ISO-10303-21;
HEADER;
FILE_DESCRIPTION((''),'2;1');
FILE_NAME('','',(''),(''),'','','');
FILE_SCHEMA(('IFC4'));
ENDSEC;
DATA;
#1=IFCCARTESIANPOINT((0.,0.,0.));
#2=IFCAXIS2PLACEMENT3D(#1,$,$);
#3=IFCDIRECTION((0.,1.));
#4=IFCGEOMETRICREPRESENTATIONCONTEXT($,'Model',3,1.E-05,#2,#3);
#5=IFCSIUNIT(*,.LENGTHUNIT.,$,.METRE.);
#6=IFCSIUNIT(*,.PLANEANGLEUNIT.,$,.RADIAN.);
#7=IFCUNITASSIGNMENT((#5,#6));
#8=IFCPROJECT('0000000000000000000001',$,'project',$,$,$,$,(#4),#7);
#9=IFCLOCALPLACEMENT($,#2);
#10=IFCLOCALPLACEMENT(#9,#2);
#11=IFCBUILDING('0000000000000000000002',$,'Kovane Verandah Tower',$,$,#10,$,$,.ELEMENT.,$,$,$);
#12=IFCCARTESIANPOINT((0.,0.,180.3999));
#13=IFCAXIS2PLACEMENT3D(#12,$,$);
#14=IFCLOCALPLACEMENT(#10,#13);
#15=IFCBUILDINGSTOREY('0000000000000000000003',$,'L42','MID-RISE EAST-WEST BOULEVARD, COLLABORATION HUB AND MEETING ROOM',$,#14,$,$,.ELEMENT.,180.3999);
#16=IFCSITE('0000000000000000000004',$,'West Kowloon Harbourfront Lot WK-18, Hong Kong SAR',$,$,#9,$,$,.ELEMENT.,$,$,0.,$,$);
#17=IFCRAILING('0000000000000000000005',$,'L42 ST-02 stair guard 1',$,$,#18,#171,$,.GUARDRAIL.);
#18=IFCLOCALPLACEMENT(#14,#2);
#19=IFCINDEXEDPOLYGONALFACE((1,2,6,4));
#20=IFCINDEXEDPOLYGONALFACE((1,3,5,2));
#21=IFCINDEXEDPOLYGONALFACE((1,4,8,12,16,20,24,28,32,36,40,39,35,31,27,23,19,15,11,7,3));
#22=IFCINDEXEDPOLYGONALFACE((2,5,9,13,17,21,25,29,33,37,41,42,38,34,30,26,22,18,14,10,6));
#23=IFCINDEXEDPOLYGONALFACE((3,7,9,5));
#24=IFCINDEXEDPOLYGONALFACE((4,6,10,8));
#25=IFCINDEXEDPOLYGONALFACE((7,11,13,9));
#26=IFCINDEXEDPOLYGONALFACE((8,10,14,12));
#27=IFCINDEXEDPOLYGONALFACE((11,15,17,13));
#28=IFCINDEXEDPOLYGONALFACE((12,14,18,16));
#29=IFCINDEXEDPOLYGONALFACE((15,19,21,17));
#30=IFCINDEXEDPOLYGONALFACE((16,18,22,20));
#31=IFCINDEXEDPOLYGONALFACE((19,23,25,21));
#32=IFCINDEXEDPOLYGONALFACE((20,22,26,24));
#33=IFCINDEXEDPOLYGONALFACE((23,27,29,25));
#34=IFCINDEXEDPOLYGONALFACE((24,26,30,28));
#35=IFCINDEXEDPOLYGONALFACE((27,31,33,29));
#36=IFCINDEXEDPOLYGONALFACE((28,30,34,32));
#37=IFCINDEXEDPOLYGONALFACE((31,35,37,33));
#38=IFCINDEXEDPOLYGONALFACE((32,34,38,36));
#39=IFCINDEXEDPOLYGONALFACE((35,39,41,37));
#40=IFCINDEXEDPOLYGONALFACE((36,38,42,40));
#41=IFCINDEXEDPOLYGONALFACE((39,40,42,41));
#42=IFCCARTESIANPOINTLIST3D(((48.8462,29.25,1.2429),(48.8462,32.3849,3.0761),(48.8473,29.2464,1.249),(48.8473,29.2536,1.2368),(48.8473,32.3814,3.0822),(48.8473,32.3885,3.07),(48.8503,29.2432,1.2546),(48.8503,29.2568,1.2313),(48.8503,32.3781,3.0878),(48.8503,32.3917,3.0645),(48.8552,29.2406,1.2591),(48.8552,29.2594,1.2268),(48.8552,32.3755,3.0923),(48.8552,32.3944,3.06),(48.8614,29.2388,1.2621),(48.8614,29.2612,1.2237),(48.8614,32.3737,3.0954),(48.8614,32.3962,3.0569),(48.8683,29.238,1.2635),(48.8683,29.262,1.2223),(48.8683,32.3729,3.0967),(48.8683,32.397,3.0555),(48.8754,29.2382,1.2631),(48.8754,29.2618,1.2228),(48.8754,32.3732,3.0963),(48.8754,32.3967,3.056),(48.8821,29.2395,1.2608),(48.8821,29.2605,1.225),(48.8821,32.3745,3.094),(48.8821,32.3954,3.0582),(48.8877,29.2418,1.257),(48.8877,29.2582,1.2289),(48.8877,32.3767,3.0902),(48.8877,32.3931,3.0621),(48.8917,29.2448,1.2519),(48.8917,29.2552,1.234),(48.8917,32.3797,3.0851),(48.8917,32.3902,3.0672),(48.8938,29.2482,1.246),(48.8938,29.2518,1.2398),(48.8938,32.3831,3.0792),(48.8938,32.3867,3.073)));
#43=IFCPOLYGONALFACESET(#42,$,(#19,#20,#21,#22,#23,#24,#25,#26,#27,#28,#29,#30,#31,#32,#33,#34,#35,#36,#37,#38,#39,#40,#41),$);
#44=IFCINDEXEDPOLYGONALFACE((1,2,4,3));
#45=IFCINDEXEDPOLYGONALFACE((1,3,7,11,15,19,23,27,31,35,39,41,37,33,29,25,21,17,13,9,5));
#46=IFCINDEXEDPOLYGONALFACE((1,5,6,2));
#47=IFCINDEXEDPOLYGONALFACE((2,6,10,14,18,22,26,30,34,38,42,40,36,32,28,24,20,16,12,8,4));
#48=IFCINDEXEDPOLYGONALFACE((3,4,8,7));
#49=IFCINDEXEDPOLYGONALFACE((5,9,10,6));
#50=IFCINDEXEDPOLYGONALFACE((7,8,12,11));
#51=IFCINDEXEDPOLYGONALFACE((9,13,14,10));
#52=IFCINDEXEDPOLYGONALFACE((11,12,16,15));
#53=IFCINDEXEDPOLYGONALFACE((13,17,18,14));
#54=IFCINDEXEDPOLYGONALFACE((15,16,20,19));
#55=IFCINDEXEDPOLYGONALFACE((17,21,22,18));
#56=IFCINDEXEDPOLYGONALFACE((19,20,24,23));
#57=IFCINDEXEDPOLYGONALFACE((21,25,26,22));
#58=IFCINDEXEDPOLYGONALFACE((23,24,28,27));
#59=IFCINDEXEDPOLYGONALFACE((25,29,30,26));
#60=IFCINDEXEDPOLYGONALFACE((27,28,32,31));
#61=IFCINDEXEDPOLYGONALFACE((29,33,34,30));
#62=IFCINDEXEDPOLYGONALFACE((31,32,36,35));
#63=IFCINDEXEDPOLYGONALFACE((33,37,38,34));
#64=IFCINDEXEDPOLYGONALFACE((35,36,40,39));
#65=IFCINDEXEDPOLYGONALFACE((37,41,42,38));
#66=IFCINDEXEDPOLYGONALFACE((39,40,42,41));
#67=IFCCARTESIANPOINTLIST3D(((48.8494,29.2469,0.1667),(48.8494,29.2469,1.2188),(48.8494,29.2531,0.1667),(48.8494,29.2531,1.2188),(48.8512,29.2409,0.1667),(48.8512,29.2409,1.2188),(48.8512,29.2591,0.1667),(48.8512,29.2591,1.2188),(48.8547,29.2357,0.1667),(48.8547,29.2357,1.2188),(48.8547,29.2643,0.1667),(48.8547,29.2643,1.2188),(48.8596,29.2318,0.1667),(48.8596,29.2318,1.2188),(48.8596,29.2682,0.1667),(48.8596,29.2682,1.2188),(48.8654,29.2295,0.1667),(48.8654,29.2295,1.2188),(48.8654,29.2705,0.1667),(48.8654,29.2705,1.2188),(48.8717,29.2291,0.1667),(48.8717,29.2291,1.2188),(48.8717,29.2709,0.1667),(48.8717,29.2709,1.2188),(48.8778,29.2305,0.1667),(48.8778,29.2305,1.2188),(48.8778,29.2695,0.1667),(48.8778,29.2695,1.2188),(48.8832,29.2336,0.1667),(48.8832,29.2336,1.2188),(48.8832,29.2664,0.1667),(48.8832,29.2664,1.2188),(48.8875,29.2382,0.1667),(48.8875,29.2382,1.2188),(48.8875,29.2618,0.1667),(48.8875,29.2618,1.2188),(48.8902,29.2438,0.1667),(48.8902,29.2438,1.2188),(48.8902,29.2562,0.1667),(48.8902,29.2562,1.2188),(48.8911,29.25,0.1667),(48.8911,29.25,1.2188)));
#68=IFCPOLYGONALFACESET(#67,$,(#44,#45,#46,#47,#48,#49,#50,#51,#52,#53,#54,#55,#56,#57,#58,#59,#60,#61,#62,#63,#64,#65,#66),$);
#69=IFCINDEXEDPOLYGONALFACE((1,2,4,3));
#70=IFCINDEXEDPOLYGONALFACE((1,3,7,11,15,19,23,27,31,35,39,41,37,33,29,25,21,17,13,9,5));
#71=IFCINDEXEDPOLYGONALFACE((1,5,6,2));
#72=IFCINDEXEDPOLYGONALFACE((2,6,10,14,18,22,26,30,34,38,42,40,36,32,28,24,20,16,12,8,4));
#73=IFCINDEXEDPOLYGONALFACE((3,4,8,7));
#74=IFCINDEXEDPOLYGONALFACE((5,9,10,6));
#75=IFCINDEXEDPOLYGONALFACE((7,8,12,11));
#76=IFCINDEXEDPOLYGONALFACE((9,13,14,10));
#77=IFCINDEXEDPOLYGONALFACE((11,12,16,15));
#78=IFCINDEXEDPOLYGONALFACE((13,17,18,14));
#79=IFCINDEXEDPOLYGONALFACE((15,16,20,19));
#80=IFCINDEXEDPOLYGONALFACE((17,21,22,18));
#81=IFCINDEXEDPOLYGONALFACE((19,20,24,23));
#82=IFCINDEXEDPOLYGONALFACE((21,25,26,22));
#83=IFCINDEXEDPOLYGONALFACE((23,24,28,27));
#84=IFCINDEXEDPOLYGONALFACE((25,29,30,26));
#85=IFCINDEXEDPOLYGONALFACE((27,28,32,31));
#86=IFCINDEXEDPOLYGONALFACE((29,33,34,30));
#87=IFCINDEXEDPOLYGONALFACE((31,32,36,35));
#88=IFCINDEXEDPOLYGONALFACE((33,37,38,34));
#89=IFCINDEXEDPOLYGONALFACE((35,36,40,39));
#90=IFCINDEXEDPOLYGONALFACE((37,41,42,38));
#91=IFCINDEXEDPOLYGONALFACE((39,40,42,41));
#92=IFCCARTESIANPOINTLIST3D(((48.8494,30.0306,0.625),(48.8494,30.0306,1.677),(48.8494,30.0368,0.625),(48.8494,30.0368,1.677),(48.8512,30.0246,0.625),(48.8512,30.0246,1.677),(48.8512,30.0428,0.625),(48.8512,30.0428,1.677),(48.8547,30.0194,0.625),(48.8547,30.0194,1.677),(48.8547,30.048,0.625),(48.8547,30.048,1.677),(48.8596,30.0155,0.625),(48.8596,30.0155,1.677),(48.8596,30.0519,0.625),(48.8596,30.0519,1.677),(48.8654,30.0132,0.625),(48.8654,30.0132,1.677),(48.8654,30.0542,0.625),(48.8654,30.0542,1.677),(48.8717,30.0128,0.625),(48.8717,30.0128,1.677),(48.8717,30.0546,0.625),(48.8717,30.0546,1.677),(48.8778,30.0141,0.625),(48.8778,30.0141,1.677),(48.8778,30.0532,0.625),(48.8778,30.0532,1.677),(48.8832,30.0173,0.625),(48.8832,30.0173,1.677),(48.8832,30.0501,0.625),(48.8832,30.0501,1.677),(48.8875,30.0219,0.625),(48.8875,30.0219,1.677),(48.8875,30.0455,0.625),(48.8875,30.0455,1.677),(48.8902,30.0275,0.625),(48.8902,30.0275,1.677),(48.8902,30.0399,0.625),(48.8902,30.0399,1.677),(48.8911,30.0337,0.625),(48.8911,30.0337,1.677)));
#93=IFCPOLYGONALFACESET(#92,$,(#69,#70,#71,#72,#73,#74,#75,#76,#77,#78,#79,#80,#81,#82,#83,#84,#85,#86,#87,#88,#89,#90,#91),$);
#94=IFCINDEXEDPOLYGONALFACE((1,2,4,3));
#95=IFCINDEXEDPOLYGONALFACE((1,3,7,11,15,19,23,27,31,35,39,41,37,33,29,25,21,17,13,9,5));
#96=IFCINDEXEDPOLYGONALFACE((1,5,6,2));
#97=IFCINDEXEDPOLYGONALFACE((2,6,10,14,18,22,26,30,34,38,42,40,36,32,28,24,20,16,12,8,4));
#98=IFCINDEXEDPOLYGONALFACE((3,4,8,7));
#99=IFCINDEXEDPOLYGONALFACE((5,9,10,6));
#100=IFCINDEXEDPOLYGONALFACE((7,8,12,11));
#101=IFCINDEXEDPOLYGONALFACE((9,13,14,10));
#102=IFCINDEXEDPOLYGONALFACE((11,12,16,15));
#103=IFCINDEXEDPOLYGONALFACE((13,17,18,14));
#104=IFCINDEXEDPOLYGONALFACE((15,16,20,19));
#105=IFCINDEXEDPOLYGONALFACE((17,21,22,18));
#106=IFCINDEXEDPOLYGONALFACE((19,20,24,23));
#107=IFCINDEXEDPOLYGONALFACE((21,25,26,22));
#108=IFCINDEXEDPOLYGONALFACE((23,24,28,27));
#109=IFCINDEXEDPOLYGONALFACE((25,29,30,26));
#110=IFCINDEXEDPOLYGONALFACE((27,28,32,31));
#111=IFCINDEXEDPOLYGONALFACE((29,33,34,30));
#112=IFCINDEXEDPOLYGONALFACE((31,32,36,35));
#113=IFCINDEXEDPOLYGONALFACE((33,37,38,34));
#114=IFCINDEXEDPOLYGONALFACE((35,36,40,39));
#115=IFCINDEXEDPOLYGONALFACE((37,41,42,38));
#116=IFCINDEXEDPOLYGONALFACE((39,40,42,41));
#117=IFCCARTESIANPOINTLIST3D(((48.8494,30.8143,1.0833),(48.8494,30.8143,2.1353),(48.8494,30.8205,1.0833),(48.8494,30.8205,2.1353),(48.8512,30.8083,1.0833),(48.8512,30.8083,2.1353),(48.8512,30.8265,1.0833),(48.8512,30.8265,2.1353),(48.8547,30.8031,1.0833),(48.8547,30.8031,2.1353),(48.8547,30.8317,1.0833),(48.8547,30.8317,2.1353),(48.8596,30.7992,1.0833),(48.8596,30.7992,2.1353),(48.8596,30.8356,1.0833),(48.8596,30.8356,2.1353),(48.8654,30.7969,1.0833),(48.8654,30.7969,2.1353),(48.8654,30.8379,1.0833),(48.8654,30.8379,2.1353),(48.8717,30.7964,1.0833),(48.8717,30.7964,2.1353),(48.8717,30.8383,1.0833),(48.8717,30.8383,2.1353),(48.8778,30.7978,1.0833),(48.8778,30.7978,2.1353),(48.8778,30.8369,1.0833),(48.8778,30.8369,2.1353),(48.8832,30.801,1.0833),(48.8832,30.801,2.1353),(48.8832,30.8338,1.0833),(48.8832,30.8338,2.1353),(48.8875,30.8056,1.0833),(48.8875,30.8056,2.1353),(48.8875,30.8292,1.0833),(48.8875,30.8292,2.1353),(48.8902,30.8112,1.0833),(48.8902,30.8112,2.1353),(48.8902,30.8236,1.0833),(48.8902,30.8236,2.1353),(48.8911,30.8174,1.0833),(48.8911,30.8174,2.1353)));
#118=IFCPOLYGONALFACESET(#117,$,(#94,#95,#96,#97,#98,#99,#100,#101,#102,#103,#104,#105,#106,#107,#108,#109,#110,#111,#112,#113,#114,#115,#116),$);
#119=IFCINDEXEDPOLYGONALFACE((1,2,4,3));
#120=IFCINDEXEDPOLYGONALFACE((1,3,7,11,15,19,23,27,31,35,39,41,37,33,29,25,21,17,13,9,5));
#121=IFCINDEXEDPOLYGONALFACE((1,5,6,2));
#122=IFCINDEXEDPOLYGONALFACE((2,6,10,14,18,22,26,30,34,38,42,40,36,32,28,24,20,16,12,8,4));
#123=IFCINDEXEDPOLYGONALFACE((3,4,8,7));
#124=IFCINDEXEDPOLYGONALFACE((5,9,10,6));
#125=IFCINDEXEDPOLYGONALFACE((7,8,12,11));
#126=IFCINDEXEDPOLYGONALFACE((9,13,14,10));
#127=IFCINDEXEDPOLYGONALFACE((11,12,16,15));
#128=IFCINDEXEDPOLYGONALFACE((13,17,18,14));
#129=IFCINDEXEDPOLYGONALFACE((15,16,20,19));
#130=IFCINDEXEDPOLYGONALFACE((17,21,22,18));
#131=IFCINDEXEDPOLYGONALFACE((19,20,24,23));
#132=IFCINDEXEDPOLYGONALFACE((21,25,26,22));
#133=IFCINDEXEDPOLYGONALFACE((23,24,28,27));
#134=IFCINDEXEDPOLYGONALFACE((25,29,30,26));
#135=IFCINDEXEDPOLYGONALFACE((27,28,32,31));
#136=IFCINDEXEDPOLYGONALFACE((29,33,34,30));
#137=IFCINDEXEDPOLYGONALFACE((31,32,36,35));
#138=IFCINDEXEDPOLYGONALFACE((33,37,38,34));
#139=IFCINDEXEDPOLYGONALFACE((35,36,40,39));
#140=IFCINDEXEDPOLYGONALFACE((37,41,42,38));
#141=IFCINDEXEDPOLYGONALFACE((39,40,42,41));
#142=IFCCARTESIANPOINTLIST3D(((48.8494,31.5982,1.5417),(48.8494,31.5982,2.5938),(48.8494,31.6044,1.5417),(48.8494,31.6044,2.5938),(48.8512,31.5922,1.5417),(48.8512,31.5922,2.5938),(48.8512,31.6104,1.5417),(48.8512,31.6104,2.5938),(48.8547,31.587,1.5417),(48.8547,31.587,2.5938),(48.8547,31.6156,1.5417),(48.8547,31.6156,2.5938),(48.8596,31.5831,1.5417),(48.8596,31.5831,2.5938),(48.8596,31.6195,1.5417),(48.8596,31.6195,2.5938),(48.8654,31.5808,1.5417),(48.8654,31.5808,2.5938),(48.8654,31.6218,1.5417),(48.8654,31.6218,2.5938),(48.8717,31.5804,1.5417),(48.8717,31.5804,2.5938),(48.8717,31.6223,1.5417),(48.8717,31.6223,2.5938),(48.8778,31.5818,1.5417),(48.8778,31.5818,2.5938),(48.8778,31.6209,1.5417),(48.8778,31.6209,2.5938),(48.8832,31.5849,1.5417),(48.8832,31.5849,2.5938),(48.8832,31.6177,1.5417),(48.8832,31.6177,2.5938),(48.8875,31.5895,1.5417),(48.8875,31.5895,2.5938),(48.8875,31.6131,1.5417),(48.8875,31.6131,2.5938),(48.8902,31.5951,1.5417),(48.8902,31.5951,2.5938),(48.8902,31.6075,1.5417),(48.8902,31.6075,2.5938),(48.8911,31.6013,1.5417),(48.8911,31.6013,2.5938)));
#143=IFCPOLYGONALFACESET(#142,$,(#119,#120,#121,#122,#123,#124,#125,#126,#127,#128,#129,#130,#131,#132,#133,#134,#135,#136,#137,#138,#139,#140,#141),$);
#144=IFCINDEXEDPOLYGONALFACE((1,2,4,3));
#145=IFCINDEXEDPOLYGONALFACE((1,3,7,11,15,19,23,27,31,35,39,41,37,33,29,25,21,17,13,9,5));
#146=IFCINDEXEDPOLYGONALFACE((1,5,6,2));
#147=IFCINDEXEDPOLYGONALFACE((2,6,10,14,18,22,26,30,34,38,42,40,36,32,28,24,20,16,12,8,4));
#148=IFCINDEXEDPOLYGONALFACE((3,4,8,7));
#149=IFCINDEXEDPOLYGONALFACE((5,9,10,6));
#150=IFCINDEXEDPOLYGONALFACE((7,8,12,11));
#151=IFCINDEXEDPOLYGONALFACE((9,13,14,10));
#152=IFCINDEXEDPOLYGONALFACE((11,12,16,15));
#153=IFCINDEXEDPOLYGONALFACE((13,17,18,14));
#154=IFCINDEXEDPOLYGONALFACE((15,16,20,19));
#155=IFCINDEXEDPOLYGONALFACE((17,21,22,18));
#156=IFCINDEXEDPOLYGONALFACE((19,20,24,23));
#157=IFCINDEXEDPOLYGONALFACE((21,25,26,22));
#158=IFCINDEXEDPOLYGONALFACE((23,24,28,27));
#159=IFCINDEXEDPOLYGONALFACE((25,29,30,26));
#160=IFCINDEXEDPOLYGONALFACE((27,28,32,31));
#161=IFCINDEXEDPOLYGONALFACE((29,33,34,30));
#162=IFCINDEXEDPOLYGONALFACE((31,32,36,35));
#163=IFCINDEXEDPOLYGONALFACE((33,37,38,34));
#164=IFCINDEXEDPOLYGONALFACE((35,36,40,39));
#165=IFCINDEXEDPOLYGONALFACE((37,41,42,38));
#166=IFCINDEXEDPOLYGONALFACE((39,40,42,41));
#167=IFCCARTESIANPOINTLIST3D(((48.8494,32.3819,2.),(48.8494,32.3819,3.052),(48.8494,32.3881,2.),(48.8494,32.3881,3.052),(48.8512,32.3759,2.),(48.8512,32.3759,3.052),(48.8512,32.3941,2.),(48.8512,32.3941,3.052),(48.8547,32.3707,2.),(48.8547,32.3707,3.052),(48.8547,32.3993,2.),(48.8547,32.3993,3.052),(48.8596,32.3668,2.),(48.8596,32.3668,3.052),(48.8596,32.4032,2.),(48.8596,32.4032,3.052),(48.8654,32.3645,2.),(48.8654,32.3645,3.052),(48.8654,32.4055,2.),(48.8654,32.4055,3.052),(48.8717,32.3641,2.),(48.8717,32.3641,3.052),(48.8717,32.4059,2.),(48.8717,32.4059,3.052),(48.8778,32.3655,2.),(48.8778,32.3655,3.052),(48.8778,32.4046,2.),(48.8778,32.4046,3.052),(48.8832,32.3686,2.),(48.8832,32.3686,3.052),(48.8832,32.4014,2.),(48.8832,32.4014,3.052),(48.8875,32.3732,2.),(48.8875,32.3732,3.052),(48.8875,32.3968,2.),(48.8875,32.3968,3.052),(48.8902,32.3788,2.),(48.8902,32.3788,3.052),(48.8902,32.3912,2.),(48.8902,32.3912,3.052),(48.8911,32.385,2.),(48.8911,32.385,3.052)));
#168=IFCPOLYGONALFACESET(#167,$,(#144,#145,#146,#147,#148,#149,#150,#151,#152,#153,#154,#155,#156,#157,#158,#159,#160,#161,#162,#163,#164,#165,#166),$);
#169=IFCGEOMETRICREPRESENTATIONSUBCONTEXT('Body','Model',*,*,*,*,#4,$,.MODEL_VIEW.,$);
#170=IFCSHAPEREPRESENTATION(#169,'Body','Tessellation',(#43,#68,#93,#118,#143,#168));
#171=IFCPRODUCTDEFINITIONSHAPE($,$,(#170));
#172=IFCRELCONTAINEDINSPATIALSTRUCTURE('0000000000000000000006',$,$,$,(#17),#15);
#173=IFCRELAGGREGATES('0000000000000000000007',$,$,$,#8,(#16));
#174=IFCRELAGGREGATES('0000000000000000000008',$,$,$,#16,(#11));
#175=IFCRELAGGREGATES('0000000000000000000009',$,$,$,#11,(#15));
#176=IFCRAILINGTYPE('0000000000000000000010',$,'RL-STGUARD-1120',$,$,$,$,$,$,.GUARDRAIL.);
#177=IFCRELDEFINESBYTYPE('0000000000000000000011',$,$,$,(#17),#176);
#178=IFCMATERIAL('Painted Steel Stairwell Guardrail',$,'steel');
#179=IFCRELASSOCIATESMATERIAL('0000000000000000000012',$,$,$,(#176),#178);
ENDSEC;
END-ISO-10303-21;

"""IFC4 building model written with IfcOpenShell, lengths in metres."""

from ifc_helpers import new_model, si_unit, direction, frame, origin, origin_2d, place, context, subcontext, project, spatial, circle, extrude, material, type_object, element, save


model = new_model("IFC4")

# Units and contexts
model_context = context("Model", 3, precision=1e-05, world=origin(), true_north=direction((0.0, 1.0)))
body_context = subcontext(model_context, "Body", "Model", "MODEL_VIEW")
ifc_project = project(units=[si_unit("LENGTHUNIT", "METRE"), si_unit("PLANEANGLEUNIT", "RADIAN")], contexts=[model_context])

# Site, building, storey
site_placement = place(None, origin())
site = spatial("IfcSite", under=ifc_project, at=site_placement, Name="West Kowloon Harbourfront Lot WK-18, Hong Kong SAR", CompositionType="ELEMENT", RefElevation=0.0)
building_placement = place(site_placement, origin())
building = spatial("IfcBuilding", under=site, at=building_placement, Name="Kovane Verandah Tower", CompositionType="ELEMENT")
storey_placement = place(building_placement, frame((0.0, 0.0, 180.3999)))
storey = spatial("IfcBuildingStorey", under=building, at=storey_placement, Name="L42", Description="MID-RISE EAST-WEST BOULEVARD, COLLABORATION HUB AND MEETING ROOM", CompositionType="ELEMENT", Elevation=180.3999)

# Railing
ifc_material_1 = material(Name="Painted Steel Stairwell Guardrail", Category="steel")
railing_type = type_object("IfcRailingType", Name="RL-STGUARD-1120", PredefinedType="GUARDRAIL", material=ifc_material_1)
railing_1_placement = place(storey_placement, frame((48.8701, 29.25, 0.1667)))
element("IfcRailing", 1, at=railing_1_placement, inside=storey, type_object=railing_type, Name="L42 ST-02 stair guard 1", PredefinedType="GUARDRAIL", context=body_context, shape_type="SweptSolid", body=[
    extrude(circle(Radius=0.0239, at=origin_2d()), frame((0.0, 0.0, 1.0762), z_axis=(0.0, 0.86324, 0.504794), x_axis=(-1.0, 0.0, 0.0)), (0.0, 0.0, 1.0), 3.6316),
    extrude(circle(Radius=0.021, at=origin_2d()), origin(), (0.0, 0.0, 1.0), 1.052),
    extrude(circle(Radius=0.021, at=origin_2d()), frame((0.0, 0.7837, 0.4583)), (0.0, 0.0, 1.0), 1.052),
    extrude(circle(Radius=0.021, at=origin_2d()), frame((0.0, 1.5674, 0.9165)), (0.0, 0.0, 1.0), 1.052),
    extrude(circle(Radius=0.021, at=origin_2d()), frame((0.0, 2.3513, 1.375)), (0.0, 0.0, 1.0), 1.052),
    extrude(circle(Radius=0.021, at=origin_2d()), frame((0.0, 3.135, 1.8333)), (0.0, 0.0, 1.0), 1.052),
])

save(model, "model.ifc")
